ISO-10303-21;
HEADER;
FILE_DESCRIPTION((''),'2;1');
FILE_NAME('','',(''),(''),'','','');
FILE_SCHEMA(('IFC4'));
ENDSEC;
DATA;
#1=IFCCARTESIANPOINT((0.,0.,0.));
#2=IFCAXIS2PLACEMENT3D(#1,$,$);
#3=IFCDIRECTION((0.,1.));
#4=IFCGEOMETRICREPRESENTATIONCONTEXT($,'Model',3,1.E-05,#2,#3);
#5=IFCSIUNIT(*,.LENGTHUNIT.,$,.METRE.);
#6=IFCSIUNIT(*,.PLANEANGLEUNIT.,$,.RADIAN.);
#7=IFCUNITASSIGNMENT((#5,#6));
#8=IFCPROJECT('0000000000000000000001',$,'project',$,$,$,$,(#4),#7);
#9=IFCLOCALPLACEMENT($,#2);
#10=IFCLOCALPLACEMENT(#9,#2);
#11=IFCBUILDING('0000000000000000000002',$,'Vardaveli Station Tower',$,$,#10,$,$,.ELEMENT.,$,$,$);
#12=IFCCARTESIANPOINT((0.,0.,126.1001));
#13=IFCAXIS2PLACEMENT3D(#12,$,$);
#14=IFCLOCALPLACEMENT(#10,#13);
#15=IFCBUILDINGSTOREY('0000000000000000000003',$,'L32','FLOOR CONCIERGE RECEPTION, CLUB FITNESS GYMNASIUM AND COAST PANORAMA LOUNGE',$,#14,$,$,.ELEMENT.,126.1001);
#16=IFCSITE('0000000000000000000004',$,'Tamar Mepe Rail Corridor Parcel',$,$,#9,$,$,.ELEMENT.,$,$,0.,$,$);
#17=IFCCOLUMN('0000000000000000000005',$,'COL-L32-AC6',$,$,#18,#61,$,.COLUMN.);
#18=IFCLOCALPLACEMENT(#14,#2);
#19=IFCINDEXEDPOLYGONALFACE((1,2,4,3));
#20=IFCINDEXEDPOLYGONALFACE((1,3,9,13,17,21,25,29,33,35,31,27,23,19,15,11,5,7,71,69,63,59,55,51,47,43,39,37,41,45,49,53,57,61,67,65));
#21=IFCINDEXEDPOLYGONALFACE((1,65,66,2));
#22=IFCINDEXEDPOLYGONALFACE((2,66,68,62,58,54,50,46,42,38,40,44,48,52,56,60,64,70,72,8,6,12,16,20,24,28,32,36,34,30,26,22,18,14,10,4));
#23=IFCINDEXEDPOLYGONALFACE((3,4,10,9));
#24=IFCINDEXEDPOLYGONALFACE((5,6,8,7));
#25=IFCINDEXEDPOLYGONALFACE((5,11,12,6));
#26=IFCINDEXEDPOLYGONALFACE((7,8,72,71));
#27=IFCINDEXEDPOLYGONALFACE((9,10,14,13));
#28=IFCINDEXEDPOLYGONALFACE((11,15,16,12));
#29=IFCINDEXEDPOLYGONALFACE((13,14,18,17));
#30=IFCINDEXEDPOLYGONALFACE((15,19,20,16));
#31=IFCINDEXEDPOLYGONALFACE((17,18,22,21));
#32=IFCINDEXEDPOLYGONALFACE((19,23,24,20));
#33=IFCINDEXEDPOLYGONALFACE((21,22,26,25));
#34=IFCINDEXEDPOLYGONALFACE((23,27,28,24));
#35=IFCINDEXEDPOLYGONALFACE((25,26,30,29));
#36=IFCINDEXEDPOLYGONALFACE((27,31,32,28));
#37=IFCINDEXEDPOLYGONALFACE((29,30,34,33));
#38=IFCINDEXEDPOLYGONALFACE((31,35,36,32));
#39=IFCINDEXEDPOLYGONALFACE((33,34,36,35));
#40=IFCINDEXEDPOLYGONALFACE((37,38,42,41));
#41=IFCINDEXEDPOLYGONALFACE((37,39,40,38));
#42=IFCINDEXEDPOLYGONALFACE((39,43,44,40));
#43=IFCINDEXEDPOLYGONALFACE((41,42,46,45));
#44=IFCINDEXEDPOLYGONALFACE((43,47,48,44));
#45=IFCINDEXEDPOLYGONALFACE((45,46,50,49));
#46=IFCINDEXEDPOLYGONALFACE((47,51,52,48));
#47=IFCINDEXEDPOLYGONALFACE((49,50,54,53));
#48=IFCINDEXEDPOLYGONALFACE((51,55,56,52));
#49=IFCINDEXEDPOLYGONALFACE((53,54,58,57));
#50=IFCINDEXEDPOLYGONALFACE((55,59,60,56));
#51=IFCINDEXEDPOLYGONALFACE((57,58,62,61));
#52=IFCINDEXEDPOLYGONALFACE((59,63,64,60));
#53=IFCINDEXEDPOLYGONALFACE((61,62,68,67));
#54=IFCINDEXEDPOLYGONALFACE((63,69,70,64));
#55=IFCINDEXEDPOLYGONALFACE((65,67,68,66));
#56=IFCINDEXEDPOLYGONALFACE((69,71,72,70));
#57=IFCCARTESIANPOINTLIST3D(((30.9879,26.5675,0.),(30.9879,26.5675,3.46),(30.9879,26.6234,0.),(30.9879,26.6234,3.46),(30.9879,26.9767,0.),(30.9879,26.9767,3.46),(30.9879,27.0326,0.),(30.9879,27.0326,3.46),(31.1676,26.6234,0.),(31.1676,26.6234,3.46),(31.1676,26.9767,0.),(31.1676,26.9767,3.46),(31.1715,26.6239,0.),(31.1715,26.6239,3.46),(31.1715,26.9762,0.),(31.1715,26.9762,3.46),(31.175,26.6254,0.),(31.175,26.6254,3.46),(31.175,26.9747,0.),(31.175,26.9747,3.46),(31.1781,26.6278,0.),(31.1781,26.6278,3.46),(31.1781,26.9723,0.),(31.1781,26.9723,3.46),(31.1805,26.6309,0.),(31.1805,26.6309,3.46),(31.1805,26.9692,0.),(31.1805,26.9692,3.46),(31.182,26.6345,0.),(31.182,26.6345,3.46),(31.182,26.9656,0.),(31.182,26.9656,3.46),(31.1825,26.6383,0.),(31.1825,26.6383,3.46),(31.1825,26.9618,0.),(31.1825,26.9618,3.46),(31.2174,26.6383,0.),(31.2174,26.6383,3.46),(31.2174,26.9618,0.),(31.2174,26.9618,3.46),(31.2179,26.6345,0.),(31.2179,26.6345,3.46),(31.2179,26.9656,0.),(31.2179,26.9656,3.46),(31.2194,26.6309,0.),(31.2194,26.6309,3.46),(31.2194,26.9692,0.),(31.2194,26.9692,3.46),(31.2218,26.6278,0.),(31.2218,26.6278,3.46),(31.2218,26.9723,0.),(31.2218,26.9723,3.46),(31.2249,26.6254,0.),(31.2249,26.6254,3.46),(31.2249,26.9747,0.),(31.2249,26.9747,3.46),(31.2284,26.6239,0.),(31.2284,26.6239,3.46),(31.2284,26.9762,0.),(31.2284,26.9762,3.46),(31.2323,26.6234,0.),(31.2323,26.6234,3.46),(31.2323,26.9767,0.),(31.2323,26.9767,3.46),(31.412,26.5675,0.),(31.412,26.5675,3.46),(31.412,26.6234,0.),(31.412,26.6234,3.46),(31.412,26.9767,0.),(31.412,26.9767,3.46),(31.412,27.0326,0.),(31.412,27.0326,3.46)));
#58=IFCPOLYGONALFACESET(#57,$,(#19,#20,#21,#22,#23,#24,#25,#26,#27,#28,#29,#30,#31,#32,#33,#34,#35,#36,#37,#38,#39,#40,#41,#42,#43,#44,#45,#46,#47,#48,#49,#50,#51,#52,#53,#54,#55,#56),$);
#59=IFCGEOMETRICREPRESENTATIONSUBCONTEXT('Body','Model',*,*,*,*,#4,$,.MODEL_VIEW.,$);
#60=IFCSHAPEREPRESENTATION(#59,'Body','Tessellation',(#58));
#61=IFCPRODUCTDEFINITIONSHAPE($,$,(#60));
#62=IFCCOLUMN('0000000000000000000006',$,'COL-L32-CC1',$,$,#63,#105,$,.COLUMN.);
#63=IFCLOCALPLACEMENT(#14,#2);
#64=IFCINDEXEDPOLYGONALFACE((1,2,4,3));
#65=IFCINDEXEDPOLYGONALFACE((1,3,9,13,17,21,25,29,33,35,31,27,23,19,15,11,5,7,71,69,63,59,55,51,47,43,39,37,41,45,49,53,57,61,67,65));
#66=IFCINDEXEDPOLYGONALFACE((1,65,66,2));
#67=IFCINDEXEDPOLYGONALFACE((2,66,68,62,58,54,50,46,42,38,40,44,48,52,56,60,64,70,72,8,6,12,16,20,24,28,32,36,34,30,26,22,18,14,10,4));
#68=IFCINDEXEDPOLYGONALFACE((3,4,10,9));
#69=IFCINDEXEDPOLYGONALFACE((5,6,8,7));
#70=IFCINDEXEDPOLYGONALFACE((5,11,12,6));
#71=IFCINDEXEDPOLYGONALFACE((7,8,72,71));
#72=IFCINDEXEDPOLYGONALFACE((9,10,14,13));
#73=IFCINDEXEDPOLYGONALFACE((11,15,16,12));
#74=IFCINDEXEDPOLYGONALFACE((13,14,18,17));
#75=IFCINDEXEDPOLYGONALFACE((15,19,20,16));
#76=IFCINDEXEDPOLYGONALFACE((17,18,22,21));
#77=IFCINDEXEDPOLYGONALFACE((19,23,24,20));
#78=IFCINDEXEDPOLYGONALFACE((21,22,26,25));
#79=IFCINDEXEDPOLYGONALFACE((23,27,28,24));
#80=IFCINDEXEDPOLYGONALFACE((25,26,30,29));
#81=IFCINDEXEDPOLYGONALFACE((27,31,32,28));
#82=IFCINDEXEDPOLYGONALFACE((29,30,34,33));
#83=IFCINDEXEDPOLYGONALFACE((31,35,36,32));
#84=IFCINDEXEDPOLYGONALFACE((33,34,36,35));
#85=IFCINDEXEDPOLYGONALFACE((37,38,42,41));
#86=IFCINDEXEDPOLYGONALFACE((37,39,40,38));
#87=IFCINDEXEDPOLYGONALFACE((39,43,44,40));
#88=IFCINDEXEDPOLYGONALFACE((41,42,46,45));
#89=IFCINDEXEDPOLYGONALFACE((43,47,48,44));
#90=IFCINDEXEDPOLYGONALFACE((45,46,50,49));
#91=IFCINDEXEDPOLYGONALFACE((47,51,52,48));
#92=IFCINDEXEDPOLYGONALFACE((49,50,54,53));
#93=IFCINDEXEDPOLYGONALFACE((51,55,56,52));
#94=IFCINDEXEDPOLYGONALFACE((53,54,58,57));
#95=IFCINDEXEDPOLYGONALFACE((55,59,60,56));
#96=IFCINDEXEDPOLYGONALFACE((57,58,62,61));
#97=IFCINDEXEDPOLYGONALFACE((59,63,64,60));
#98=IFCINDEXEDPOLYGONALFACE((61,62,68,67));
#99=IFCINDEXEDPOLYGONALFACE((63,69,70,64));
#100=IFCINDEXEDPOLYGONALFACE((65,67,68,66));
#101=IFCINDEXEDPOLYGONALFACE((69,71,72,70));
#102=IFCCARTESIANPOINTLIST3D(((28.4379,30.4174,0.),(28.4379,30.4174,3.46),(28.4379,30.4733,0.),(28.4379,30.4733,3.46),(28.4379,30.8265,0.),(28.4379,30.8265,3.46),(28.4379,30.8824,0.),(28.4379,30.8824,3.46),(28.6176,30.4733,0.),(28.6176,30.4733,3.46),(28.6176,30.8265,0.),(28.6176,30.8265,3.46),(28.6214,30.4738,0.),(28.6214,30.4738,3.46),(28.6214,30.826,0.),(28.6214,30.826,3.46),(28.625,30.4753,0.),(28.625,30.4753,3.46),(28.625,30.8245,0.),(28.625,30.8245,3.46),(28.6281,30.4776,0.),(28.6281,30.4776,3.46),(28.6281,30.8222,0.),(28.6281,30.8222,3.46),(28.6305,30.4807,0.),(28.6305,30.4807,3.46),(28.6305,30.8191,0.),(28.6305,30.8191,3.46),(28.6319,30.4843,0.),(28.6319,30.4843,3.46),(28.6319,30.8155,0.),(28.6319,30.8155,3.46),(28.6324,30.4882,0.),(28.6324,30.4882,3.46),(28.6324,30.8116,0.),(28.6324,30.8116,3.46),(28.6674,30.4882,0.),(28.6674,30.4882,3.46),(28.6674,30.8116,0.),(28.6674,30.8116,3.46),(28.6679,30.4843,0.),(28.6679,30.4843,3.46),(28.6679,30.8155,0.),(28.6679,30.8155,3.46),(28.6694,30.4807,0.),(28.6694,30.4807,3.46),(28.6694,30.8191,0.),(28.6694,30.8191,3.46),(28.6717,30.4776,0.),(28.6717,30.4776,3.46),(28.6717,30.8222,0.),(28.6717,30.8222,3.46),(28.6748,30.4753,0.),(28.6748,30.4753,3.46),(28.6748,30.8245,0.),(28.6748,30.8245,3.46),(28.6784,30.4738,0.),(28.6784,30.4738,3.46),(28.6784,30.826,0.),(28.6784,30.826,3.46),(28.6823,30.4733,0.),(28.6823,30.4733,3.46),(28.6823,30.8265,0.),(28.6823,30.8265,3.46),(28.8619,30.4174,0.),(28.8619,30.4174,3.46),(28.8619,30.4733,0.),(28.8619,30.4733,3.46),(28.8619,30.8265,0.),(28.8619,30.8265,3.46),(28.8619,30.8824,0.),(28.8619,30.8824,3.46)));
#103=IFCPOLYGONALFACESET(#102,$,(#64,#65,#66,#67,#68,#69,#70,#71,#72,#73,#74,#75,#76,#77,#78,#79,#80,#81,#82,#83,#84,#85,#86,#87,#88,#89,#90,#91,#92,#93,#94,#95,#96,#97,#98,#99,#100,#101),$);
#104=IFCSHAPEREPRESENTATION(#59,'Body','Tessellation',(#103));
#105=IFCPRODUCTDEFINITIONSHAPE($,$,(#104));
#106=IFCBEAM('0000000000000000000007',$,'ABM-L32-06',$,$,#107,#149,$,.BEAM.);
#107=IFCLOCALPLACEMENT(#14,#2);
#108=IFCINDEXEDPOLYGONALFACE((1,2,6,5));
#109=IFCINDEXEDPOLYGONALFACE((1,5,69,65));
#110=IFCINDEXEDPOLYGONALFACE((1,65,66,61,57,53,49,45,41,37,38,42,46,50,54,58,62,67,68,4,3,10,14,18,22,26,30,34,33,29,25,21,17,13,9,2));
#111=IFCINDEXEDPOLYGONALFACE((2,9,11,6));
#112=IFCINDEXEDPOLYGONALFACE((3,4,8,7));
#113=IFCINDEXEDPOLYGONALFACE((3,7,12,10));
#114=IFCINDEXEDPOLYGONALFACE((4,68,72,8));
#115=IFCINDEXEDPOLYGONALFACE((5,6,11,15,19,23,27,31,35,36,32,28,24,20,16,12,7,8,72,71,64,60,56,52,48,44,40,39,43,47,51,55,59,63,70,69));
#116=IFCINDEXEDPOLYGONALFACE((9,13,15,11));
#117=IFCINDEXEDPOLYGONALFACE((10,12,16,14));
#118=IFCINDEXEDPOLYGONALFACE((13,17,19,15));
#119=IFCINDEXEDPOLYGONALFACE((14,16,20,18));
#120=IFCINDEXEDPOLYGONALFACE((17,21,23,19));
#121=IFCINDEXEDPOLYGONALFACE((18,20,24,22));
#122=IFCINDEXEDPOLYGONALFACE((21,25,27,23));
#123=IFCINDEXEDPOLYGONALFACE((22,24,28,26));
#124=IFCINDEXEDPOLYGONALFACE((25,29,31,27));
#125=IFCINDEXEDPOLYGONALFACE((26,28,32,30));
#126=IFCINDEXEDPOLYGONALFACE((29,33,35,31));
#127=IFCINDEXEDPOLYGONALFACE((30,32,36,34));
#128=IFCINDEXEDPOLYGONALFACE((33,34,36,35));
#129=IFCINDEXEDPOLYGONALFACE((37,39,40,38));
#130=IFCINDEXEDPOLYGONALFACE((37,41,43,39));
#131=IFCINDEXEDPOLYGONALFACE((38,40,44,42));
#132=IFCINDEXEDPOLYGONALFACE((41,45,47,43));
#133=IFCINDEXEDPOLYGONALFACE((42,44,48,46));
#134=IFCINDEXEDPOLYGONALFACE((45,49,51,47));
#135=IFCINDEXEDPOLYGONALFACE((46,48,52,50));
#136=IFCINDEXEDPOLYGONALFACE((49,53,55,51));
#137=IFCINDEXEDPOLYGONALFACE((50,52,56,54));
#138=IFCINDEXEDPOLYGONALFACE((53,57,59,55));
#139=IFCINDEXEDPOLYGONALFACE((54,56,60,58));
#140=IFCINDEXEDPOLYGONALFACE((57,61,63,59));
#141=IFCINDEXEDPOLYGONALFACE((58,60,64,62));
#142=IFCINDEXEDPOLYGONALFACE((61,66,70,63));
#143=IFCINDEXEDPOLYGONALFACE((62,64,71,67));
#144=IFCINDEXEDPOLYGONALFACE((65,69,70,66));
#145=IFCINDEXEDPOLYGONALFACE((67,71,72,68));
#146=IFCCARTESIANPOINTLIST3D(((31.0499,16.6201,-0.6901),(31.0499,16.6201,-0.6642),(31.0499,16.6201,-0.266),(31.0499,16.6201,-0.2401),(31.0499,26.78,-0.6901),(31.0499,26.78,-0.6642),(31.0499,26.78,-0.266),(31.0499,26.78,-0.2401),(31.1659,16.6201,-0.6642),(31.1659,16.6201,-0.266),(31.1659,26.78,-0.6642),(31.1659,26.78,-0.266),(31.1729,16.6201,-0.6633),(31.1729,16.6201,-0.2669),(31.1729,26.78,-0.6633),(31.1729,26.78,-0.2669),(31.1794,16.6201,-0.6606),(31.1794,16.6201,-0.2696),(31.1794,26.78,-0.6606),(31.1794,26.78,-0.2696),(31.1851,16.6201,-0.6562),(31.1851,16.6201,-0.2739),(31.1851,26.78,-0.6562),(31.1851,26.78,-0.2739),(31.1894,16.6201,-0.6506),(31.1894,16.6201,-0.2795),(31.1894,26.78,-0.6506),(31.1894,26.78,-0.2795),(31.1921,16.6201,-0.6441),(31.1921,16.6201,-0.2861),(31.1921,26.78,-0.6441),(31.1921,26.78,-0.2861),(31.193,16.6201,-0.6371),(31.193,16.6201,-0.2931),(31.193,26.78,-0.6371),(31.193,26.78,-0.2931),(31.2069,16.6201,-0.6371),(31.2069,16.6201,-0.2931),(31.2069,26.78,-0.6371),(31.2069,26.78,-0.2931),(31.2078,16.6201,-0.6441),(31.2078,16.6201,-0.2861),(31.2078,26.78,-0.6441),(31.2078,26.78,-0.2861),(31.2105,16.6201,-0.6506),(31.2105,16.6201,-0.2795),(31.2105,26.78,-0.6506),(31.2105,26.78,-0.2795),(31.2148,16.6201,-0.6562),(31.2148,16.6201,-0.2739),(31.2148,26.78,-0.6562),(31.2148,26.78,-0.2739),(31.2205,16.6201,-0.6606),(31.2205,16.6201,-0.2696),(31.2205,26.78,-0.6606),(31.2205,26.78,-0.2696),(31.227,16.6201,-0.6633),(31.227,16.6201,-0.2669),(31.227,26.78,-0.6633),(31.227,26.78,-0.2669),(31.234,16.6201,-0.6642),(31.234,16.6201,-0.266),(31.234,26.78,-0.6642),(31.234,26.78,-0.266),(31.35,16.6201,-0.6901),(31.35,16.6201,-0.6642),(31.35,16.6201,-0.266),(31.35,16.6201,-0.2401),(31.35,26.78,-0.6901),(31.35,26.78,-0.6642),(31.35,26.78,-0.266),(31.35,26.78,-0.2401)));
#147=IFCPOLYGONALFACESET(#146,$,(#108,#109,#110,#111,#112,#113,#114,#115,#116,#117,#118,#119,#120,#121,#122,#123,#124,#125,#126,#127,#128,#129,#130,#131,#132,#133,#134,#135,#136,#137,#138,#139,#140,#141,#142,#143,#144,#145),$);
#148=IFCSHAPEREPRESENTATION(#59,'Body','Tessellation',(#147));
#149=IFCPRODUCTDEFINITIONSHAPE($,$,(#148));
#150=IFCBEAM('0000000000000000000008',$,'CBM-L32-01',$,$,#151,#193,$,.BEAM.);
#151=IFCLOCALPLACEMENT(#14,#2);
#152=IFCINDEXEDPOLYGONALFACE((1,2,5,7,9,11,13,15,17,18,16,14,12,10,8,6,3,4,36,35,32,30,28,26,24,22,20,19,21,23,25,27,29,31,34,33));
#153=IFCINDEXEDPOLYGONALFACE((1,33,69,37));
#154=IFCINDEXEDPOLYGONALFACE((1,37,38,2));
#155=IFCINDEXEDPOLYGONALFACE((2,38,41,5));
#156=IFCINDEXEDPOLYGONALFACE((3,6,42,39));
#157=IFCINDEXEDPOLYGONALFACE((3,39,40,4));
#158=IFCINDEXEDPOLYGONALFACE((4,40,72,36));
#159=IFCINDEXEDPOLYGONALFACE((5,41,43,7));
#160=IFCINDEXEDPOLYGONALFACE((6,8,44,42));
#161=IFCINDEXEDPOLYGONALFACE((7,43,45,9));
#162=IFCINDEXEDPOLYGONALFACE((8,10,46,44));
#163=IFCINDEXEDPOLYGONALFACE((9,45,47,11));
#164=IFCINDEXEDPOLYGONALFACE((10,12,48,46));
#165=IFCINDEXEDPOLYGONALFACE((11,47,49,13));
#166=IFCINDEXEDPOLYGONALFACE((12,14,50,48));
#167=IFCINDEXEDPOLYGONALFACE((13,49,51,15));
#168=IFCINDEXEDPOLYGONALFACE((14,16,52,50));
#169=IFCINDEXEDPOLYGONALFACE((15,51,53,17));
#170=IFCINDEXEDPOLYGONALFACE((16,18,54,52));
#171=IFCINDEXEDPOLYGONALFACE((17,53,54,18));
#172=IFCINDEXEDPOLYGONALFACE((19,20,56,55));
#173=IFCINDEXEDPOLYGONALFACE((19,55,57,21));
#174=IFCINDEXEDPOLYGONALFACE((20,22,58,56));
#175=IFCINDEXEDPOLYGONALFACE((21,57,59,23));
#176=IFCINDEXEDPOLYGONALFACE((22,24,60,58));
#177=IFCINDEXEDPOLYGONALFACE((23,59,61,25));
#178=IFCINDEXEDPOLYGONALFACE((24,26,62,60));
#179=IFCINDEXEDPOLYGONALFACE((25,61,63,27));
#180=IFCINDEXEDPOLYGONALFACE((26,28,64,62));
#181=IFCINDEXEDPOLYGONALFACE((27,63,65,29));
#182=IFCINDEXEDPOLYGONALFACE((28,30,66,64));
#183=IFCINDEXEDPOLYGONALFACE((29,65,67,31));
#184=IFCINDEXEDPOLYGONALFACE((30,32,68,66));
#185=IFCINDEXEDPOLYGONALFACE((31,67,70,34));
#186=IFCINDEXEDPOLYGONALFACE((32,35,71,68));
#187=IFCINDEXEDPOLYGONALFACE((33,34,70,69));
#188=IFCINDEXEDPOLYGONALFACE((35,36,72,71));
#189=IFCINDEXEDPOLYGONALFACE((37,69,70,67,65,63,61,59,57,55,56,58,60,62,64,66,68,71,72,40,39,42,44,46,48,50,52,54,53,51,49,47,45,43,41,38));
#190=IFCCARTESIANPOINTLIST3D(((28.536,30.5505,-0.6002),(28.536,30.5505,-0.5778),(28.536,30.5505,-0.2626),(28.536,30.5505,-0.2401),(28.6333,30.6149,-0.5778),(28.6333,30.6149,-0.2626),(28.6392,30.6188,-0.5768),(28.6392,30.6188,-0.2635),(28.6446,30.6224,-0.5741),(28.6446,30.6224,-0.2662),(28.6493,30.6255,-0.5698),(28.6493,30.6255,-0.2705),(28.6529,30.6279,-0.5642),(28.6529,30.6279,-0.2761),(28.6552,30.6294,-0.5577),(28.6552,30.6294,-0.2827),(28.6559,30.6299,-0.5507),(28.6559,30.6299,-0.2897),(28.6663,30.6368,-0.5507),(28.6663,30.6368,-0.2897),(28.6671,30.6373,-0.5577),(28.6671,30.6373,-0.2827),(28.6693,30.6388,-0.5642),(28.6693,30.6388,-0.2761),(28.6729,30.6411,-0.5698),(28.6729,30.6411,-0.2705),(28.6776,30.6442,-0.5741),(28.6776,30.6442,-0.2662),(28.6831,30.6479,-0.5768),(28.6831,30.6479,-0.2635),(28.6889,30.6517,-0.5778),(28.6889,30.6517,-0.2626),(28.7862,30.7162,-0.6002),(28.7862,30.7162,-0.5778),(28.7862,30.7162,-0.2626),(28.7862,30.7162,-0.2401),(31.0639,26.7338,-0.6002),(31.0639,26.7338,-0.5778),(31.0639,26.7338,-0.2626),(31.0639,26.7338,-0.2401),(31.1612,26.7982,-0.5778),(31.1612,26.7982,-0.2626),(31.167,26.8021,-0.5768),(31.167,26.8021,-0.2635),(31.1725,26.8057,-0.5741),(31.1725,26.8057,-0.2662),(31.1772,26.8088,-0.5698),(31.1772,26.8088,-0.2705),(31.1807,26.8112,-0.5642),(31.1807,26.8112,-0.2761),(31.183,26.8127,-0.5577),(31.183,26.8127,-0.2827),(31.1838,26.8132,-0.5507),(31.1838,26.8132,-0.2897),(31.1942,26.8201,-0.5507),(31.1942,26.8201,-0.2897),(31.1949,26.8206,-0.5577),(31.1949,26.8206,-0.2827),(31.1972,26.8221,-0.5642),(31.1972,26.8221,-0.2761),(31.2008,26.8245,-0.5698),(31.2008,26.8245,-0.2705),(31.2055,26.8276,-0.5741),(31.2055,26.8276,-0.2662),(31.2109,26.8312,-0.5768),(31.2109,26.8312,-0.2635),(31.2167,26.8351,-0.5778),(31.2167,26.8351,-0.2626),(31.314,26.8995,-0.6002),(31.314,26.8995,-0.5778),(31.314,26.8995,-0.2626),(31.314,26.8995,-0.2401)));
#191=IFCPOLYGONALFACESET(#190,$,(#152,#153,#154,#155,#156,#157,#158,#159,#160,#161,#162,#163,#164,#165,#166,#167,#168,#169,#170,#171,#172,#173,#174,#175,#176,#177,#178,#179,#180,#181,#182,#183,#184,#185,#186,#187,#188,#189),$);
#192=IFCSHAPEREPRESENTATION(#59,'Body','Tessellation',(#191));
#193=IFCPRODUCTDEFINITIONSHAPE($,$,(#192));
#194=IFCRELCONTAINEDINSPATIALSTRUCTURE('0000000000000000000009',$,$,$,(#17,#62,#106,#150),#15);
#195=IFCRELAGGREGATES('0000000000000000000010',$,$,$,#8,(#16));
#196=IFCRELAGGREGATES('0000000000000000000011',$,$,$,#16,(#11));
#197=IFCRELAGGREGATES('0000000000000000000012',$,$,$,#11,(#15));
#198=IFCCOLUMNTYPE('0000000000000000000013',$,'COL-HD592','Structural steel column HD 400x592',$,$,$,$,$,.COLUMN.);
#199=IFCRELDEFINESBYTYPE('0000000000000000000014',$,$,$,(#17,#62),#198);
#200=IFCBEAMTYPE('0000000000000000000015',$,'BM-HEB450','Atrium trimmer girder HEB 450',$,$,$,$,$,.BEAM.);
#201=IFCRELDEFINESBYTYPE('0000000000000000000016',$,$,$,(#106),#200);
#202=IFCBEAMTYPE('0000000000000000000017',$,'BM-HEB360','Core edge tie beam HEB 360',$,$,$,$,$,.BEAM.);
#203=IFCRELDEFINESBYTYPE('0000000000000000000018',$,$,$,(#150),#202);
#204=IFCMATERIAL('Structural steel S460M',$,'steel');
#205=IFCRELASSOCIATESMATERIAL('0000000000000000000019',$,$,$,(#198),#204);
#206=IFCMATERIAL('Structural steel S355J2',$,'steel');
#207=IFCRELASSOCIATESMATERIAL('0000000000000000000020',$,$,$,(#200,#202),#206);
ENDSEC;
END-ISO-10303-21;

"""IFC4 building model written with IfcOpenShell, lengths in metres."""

from ifc_helpers import new_model, si_unit, direction, frame, origin, origin_2d, place, context, subcontext, project, spatial, i_section, extrude, source, transform, mapped, material, material_profile, profile_set, type_object, element, save


model = new_model("IFC4")

# Units and contexts
model_context = context("Model", 3, precision=1e-05, world=origin(), true_north=direction((0.0, 1.0)))
body_context = subcontext(model_context, "Body", "Model", "MODEL_VIEW")
ifc_project = project(units=[si_unit("LENGTHUNIT", "METRE"), si_unit("PLANEANGLEUNIT", "RADIAN")], contexts=[model_context])

# Site, building, storey
site_placement = place(None, origin())
site = spatial("IfcSite", under=ifc_project, at=site_placement, Name="Tamar Mepe Rail Corridor Parcel", CompositionType="ELEMENT", RefElevation=0.0)
building_placement = place(site_placement, origin())
building = spatial("IfcBuilding", under=site, at=building_placement, Name="Vardaveli Station Tower", CompositionType="ELEMENT")
storey_placement = place(building_placement, frame((0.0, 0.0, 126.1001)))
storey = spatial("IfcBuildingStorey", under=building, at=storey_placement, Name="L32", Description="FLOOR CONCIERGE RECEPTION, CLUB FITNESS GYMNASIUM AND COAST PANORAMA LOUNGE", CompositionType="ELEMENT", Elevation=126.1001)

# Columns
ifc_material_1 = material(Name="Structural steel S460M", Category="steel")
ifc_material_profile_1 = material_profile(ifc_material_1, i_section(OverallWidth=0.4241, OverallDepth=0.4651, WebThickness=0.0349, FlangeThickness=0.0559, FilletRadius=0.0149, at=origin_2d()), Name="HD 400x592")
ifc_profile_set_1 = profile_set([ifc_material_profile_1], Name="Structural steel S460M")
column_type = type_object("IfcColumnType", Name="COL-HD592", Description="Structural steel column HD 400x592", PredefinedType="COLUMN", material=ifc_profile_set_1)
shared_shape_1 = source(origin(), body_context, "Body", "SweptSolid", [
    extrude(i_section(OverallWidth=0.4241, OverallDepth=0.4651, WebThickness=0.0349, FlangeThickness=0.0559, FilletRadius=0.0149, at=origin_2d()), origin(), (0.0, 0.0, 1.0), 3.46),
])
for number, where, z_axis, x_axis, name in (
    (1, (31.2, 26.8, 0.0), (0.0, 0.0, 1.0), (1.0, 0.0, 0.0), "COL-L32-AC6"),
    (2, (28.6499, 30.6499, 0.0), (0.0, 0.0, 1.0), (1.0, 0.0, 0.0), "COL-L32-CC1"),
):
    element("IfcColumn", number, at=place(storey_placement, frame(where, z_axis=z_axis, x_axis=x_axis)), inside=storey, type_object=column_type, Name=name, PredefinedType="COLUMN", context=body_context, shape_type="MappedRepresentation", body=[
        mapped(shared_shape_1, transform((0.0, 0.0, 0.0), scale=1.0)),
    ])

# Beams
ifc_material_2 = material(Name="Structural steel S355J2", Category="steel")
ifc_material_profile_2 = material_profile(ifc_material_2, i_section(OverallWidth=0.3, OverallDepth=0.45, WebThickness=0.0139, FlangeThickness=0.0259, FilletRadius=0.0271, at=origin_2d()), Name="HEB 450")
ifc_profile_set_2 = profile_set([ifc_material_profile_2], Name="Structural steel S355J2")
beam_type_1 = type_object("IfcBeamType", Name="BM-HEB450", Description="Atrium trimmer girder HEB 450", PredefinedType="BEAM", material=ifc_profile_set_2)
shared_shape_2 = source(origin(), body_context, "Body", "SweptSolid", [
    extrude(i_section(OverallWidth=0.3, OverallDepth=0.45, WebThickness=0.0139, FlangeThickness=0.0259, FilletRadius=0.0271, at=origin_2d()), origin(), (0.0, 0.0, 1.0), 10.1599),
])
beam_1_placement = place(storey_placement, frame((31.2, 26.78, -0.4651), z_axis=(0.0, -1.0, 0.0), x_axis=(1.0, 0.0, 0.0)))
element("IfcBeam", 3, at=beam_1_placement, inside=storey, type_object=beam_type_1, Name="ABM-L32-06", PredefinedType="BEAM", context=body_context, shape_type="MappedRepresentation", body=[
    mapped(shared_shape_2, transform((0.0, 0.0, 0.0), scale=1.0)),
])
ifc_material_profile_3 = material_profile(ifc_material_2, i_section(OverallWidth=0.3, OverallDepth=0.3601, WebThickness=0.0125, FlangeThickness=0.0225, FilletRadius=0.0271, at=origin_2d()), Name="HEB 360")
ifc_profile_set_3 = profile_set([ifc_material_profile_3], Name="Structural steel S355J2")
beam_type_2 = type_object("IfcBeamType", Name="BM-HEB360", Description="Core edge tie beam HEB 360", PredefinedType="BEAM", material=ifc_profile_set_3)
shared_shape_3 = source(origin(), body_context, "Body", "SweptSolid", [
    extrude(i_section(OverallWidth=0.3, OverallDepth=0.3601, WebThickness=0.0125, FlangeThickness=0.0225, FilletRadius=0.0271, at=origin_2d()), origin(), (0.0, 0.0, 1.0), 4.5779),
])
beam_2_placement = place(storey_placement, frame((31.189, 26.8167, -0.4202), z_axis=(-0.552187, 0.83372, 0.0), x_axis=(-0.83372, -0.552187, 0.0)))
element("IfcBeam", 4, at=beam_2_placement, inside=storey, type_object=beam_type_2, Name="CBM-L32-01", PredefinedType="BEAM", context=body_context, shape_type="MappedRepresentation", body=[
    mapped(shared_shape_3, transform((0.0, 0.0, 0.0), scale=1.0)),
])

save(model, "model.ifc")
